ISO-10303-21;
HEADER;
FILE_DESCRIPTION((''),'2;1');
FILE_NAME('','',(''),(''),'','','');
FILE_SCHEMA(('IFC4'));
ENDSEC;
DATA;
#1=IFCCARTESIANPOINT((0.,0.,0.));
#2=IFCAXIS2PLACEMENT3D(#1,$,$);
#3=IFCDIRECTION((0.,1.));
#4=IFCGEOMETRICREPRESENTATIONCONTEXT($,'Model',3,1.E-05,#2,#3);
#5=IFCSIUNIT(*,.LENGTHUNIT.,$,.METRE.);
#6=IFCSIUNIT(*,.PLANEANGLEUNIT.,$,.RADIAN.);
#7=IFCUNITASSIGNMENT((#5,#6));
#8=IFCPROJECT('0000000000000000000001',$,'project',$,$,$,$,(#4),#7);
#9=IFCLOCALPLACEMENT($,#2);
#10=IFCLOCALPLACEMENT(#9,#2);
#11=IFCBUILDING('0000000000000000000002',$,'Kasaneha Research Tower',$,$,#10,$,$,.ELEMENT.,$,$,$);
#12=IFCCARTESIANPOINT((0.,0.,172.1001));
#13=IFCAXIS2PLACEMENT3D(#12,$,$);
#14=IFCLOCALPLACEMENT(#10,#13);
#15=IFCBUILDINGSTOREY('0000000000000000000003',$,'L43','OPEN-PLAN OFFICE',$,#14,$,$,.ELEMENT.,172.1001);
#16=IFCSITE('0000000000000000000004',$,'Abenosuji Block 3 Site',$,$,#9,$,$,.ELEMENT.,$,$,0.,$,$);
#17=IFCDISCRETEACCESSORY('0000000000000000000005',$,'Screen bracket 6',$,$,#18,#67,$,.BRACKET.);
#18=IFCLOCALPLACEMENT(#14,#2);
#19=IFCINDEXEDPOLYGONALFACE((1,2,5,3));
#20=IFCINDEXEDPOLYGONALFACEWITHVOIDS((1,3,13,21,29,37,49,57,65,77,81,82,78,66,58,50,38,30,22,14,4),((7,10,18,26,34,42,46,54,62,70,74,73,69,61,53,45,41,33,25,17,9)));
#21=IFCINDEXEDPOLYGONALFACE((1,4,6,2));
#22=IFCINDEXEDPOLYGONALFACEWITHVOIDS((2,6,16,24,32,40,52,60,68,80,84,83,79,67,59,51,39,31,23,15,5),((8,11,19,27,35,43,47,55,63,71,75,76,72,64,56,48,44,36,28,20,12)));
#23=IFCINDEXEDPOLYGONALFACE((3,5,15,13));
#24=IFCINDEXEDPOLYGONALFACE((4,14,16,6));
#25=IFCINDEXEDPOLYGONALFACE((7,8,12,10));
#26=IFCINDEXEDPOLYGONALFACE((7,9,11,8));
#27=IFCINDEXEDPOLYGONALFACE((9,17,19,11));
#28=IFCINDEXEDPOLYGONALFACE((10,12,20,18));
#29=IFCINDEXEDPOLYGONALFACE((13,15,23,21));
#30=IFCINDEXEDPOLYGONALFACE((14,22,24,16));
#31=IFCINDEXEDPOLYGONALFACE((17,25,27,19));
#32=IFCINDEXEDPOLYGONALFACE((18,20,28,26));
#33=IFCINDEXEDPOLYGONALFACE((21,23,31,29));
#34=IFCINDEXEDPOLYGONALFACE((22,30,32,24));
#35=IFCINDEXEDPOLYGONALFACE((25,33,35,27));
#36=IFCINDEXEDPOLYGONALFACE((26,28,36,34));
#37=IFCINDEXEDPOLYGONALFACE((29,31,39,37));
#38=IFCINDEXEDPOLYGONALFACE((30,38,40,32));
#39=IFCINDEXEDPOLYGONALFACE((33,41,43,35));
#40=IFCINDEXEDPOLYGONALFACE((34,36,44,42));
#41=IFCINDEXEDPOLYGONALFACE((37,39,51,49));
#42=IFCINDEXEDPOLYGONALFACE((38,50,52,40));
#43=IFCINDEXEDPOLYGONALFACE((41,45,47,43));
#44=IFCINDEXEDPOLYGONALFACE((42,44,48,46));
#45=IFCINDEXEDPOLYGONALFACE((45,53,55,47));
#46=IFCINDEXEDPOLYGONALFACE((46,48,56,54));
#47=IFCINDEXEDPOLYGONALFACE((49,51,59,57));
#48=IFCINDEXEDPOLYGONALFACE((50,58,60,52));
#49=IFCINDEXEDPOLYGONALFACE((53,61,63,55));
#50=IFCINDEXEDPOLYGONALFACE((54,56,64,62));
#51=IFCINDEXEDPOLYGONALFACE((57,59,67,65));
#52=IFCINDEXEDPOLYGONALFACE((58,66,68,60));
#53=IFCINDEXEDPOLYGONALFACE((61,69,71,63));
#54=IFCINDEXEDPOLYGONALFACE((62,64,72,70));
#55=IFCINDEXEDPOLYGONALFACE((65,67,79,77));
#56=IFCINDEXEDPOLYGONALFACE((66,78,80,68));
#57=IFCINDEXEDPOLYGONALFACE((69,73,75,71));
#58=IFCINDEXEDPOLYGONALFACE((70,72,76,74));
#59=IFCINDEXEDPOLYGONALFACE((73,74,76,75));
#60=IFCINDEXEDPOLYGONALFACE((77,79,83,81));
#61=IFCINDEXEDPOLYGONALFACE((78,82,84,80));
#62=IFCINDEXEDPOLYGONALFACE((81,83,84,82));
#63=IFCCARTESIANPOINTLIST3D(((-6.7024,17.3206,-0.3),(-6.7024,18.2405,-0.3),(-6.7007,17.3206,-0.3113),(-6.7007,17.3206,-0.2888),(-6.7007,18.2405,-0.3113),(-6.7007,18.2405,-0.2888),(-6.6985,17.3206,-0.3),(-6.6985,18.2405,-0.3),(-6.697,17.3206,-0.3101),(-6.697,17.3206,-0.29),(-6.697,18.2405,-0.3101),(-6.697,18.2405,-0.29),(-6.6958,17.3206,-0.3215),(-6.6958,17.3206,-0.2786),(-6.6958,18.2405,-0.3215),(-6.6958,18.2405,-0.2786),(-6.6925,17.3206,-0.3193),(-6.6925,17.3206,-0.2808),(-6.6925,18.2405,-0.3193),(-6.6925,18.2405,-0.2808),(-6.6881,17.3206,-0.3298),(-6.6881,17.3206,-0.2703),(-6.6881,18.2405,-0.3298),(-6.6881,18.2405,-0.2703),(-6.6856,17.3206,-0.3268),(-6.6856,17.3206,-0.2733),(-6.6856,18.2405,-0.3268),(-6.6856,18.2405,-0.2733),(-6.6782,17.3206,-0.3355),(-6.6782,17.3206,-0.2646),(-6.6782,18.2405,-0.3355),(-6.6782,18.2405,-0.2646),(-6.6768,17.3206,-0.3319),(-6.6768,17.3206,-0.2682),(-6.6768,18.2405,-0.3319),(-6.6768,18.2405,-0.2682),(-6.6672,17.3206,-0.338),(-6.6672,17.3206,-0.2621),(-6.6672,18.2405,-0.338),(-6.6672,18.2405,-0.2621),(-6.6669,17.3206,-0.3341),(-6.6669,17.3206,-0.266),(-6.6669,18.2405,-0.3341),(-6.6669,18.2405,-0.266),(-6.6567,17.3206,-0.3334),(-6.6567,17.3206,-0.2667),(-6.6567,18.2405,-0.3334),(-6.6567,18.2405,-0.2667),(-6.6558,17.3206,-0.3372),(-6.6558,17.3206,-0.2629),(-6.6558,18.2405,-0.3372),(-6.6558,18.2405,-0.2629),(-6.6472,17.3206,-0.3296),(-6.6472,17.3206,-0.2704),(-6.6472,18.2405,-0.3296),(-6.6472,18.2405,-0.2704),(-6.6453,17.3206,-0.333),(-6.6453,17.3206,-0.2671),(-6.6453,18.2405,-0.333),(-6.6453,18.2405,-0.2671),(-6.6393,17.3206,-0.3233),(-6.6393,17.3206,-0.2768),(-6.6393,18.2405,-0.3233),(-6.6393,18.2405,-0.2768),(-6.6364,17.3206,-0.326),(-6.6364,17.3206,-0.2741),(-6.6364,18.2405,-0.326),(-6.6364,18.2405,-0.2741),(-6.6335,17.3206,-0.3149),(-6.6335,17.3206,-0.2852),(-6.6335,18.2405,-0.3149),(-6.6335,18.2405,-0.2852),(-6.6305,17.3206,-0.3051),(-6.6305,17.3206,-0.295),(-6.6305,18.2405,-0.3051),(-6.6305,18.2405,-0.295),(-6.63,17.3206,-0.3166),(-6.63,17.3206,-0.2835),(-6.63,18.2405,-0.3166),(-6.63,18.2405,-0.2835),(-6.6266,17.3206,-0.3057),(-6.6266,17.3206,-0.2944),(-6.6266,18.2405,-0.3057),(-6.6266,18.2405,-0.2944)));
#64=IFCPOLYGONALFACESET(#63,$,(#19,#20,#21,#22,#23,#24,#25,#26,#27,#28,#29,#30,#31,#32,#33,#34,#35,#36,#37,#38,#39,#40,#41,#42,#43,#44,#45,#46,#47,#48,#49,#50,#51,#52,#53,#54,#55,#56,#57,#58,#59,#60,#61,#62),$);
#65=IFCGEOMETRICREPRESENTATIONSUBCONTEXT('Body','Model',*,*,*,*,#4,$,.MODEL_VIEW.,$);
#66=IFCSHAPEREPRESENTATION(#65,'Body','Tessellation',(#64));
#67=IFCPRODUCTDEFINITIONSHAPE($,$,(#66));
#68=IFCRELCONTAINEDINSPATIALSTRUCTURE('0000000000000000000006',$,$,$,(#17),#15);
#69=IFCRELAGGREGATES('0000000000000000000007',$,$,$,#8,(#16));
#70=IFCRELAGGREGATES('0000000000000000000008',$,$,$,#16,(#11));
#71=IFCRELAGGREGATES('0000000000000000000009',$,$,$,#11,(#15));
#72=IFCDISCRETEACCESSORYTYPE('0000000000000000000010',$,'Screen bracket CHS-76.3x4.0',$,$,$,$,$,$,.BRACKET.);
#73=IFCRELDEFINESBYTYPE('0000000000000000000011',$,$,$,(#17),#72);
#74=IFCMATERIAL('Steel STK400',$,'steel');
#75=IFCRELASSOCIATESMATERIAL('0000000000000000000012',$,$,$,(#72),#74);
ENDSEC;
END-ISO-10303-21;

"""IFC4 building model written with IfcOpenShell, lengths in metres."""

from ifc_helpers import new_model, si_unit, direction, frame, origin, origin_2d, place, context, subcontext, project, spatial, hollow_circle, extrude, material, material_profile, profile_set, type_object, element, save


model = new_model("IFC4")

# Units and contexts
model_context = context("Model", 3, precision=1e-05, world=origin(), true_north=direction((0.0, 1.0)))
body_context = subcontext(model_context, "Body", "Model", "MODEL_VIEW")
ifc_project = project(units=[si_unit("LENGTHUNIT", "METRE"), si_unit("PLANEANGLEUNIT", "RADIAN")], contexts=[model_context])

# Site, building, storey
site_placement = place(None, origin())
site = spatial("IfcSite", under=ifc_project, at=site_placement, Name="Abenosuji Block 3 Site", CompositionType="ELEMENT", RefElevation=0.0)
building_placement = place(site_placement, origin())
building = spatial("IfcBuilding", under=site, at=building_placement, Name="Kasaneha Research Tower", CompositionType="ELEMENT")
storey_placement = place(building_placement, frame((0.0, 0.0, 172.1001)))
storey = spatial("IfcBuildingStorey", under=building, at=storey_placement, Name="L43", Description="OPEN-PLAN OFFICE", CompositionType="ELEMENT", Elevation=172.1001)

# Discrete accessory
ifc_material_1 = material(Name="Steel STK400", Category="steel")
ifc_material_profile_1 = material_profile(ifc_material_1, hollow_circle(Radius=0.0381, WallThickness=0.0039, at=origin_2d()), Name="CHS-76.3x4.0")
ifc_profile_set_1 = profile_set([ifc_material_profile_1], Name="Steel STK400")
discrete_accessory_type = type_object("IfcDiscreteAccessoryType", Name="Screen bracket CHS-76.3x4.0", PredefinedType="BRACKET", material=ifc_profile_set_1)
for number, where, z_axis, x_axis, name in (
    (1, (-6.6643, 17.3206, -0.3), (0.0, 1.0, 0.0), (-1.0, 0.0, 0.0), "Screen bracket 6"),
):
    element("IfcDiscreteAccessory", number, at=place(storey_placement, frame(where, z_axis=z_axis, x_axis=x_axis)), inside=storey, type_object=discrete_accessory_type, Name=name, PredefinedType="BRACKET", context=body_context, shape_type="SweptSolid", body=[
        extrude(hollow_circle(Radius=0.0381, WallThickness=0.0039, at=origin_2d()), origin(), (0.0, 0.0, 1.0), 0.9199),
    ])

save(model, "model.ifc")
